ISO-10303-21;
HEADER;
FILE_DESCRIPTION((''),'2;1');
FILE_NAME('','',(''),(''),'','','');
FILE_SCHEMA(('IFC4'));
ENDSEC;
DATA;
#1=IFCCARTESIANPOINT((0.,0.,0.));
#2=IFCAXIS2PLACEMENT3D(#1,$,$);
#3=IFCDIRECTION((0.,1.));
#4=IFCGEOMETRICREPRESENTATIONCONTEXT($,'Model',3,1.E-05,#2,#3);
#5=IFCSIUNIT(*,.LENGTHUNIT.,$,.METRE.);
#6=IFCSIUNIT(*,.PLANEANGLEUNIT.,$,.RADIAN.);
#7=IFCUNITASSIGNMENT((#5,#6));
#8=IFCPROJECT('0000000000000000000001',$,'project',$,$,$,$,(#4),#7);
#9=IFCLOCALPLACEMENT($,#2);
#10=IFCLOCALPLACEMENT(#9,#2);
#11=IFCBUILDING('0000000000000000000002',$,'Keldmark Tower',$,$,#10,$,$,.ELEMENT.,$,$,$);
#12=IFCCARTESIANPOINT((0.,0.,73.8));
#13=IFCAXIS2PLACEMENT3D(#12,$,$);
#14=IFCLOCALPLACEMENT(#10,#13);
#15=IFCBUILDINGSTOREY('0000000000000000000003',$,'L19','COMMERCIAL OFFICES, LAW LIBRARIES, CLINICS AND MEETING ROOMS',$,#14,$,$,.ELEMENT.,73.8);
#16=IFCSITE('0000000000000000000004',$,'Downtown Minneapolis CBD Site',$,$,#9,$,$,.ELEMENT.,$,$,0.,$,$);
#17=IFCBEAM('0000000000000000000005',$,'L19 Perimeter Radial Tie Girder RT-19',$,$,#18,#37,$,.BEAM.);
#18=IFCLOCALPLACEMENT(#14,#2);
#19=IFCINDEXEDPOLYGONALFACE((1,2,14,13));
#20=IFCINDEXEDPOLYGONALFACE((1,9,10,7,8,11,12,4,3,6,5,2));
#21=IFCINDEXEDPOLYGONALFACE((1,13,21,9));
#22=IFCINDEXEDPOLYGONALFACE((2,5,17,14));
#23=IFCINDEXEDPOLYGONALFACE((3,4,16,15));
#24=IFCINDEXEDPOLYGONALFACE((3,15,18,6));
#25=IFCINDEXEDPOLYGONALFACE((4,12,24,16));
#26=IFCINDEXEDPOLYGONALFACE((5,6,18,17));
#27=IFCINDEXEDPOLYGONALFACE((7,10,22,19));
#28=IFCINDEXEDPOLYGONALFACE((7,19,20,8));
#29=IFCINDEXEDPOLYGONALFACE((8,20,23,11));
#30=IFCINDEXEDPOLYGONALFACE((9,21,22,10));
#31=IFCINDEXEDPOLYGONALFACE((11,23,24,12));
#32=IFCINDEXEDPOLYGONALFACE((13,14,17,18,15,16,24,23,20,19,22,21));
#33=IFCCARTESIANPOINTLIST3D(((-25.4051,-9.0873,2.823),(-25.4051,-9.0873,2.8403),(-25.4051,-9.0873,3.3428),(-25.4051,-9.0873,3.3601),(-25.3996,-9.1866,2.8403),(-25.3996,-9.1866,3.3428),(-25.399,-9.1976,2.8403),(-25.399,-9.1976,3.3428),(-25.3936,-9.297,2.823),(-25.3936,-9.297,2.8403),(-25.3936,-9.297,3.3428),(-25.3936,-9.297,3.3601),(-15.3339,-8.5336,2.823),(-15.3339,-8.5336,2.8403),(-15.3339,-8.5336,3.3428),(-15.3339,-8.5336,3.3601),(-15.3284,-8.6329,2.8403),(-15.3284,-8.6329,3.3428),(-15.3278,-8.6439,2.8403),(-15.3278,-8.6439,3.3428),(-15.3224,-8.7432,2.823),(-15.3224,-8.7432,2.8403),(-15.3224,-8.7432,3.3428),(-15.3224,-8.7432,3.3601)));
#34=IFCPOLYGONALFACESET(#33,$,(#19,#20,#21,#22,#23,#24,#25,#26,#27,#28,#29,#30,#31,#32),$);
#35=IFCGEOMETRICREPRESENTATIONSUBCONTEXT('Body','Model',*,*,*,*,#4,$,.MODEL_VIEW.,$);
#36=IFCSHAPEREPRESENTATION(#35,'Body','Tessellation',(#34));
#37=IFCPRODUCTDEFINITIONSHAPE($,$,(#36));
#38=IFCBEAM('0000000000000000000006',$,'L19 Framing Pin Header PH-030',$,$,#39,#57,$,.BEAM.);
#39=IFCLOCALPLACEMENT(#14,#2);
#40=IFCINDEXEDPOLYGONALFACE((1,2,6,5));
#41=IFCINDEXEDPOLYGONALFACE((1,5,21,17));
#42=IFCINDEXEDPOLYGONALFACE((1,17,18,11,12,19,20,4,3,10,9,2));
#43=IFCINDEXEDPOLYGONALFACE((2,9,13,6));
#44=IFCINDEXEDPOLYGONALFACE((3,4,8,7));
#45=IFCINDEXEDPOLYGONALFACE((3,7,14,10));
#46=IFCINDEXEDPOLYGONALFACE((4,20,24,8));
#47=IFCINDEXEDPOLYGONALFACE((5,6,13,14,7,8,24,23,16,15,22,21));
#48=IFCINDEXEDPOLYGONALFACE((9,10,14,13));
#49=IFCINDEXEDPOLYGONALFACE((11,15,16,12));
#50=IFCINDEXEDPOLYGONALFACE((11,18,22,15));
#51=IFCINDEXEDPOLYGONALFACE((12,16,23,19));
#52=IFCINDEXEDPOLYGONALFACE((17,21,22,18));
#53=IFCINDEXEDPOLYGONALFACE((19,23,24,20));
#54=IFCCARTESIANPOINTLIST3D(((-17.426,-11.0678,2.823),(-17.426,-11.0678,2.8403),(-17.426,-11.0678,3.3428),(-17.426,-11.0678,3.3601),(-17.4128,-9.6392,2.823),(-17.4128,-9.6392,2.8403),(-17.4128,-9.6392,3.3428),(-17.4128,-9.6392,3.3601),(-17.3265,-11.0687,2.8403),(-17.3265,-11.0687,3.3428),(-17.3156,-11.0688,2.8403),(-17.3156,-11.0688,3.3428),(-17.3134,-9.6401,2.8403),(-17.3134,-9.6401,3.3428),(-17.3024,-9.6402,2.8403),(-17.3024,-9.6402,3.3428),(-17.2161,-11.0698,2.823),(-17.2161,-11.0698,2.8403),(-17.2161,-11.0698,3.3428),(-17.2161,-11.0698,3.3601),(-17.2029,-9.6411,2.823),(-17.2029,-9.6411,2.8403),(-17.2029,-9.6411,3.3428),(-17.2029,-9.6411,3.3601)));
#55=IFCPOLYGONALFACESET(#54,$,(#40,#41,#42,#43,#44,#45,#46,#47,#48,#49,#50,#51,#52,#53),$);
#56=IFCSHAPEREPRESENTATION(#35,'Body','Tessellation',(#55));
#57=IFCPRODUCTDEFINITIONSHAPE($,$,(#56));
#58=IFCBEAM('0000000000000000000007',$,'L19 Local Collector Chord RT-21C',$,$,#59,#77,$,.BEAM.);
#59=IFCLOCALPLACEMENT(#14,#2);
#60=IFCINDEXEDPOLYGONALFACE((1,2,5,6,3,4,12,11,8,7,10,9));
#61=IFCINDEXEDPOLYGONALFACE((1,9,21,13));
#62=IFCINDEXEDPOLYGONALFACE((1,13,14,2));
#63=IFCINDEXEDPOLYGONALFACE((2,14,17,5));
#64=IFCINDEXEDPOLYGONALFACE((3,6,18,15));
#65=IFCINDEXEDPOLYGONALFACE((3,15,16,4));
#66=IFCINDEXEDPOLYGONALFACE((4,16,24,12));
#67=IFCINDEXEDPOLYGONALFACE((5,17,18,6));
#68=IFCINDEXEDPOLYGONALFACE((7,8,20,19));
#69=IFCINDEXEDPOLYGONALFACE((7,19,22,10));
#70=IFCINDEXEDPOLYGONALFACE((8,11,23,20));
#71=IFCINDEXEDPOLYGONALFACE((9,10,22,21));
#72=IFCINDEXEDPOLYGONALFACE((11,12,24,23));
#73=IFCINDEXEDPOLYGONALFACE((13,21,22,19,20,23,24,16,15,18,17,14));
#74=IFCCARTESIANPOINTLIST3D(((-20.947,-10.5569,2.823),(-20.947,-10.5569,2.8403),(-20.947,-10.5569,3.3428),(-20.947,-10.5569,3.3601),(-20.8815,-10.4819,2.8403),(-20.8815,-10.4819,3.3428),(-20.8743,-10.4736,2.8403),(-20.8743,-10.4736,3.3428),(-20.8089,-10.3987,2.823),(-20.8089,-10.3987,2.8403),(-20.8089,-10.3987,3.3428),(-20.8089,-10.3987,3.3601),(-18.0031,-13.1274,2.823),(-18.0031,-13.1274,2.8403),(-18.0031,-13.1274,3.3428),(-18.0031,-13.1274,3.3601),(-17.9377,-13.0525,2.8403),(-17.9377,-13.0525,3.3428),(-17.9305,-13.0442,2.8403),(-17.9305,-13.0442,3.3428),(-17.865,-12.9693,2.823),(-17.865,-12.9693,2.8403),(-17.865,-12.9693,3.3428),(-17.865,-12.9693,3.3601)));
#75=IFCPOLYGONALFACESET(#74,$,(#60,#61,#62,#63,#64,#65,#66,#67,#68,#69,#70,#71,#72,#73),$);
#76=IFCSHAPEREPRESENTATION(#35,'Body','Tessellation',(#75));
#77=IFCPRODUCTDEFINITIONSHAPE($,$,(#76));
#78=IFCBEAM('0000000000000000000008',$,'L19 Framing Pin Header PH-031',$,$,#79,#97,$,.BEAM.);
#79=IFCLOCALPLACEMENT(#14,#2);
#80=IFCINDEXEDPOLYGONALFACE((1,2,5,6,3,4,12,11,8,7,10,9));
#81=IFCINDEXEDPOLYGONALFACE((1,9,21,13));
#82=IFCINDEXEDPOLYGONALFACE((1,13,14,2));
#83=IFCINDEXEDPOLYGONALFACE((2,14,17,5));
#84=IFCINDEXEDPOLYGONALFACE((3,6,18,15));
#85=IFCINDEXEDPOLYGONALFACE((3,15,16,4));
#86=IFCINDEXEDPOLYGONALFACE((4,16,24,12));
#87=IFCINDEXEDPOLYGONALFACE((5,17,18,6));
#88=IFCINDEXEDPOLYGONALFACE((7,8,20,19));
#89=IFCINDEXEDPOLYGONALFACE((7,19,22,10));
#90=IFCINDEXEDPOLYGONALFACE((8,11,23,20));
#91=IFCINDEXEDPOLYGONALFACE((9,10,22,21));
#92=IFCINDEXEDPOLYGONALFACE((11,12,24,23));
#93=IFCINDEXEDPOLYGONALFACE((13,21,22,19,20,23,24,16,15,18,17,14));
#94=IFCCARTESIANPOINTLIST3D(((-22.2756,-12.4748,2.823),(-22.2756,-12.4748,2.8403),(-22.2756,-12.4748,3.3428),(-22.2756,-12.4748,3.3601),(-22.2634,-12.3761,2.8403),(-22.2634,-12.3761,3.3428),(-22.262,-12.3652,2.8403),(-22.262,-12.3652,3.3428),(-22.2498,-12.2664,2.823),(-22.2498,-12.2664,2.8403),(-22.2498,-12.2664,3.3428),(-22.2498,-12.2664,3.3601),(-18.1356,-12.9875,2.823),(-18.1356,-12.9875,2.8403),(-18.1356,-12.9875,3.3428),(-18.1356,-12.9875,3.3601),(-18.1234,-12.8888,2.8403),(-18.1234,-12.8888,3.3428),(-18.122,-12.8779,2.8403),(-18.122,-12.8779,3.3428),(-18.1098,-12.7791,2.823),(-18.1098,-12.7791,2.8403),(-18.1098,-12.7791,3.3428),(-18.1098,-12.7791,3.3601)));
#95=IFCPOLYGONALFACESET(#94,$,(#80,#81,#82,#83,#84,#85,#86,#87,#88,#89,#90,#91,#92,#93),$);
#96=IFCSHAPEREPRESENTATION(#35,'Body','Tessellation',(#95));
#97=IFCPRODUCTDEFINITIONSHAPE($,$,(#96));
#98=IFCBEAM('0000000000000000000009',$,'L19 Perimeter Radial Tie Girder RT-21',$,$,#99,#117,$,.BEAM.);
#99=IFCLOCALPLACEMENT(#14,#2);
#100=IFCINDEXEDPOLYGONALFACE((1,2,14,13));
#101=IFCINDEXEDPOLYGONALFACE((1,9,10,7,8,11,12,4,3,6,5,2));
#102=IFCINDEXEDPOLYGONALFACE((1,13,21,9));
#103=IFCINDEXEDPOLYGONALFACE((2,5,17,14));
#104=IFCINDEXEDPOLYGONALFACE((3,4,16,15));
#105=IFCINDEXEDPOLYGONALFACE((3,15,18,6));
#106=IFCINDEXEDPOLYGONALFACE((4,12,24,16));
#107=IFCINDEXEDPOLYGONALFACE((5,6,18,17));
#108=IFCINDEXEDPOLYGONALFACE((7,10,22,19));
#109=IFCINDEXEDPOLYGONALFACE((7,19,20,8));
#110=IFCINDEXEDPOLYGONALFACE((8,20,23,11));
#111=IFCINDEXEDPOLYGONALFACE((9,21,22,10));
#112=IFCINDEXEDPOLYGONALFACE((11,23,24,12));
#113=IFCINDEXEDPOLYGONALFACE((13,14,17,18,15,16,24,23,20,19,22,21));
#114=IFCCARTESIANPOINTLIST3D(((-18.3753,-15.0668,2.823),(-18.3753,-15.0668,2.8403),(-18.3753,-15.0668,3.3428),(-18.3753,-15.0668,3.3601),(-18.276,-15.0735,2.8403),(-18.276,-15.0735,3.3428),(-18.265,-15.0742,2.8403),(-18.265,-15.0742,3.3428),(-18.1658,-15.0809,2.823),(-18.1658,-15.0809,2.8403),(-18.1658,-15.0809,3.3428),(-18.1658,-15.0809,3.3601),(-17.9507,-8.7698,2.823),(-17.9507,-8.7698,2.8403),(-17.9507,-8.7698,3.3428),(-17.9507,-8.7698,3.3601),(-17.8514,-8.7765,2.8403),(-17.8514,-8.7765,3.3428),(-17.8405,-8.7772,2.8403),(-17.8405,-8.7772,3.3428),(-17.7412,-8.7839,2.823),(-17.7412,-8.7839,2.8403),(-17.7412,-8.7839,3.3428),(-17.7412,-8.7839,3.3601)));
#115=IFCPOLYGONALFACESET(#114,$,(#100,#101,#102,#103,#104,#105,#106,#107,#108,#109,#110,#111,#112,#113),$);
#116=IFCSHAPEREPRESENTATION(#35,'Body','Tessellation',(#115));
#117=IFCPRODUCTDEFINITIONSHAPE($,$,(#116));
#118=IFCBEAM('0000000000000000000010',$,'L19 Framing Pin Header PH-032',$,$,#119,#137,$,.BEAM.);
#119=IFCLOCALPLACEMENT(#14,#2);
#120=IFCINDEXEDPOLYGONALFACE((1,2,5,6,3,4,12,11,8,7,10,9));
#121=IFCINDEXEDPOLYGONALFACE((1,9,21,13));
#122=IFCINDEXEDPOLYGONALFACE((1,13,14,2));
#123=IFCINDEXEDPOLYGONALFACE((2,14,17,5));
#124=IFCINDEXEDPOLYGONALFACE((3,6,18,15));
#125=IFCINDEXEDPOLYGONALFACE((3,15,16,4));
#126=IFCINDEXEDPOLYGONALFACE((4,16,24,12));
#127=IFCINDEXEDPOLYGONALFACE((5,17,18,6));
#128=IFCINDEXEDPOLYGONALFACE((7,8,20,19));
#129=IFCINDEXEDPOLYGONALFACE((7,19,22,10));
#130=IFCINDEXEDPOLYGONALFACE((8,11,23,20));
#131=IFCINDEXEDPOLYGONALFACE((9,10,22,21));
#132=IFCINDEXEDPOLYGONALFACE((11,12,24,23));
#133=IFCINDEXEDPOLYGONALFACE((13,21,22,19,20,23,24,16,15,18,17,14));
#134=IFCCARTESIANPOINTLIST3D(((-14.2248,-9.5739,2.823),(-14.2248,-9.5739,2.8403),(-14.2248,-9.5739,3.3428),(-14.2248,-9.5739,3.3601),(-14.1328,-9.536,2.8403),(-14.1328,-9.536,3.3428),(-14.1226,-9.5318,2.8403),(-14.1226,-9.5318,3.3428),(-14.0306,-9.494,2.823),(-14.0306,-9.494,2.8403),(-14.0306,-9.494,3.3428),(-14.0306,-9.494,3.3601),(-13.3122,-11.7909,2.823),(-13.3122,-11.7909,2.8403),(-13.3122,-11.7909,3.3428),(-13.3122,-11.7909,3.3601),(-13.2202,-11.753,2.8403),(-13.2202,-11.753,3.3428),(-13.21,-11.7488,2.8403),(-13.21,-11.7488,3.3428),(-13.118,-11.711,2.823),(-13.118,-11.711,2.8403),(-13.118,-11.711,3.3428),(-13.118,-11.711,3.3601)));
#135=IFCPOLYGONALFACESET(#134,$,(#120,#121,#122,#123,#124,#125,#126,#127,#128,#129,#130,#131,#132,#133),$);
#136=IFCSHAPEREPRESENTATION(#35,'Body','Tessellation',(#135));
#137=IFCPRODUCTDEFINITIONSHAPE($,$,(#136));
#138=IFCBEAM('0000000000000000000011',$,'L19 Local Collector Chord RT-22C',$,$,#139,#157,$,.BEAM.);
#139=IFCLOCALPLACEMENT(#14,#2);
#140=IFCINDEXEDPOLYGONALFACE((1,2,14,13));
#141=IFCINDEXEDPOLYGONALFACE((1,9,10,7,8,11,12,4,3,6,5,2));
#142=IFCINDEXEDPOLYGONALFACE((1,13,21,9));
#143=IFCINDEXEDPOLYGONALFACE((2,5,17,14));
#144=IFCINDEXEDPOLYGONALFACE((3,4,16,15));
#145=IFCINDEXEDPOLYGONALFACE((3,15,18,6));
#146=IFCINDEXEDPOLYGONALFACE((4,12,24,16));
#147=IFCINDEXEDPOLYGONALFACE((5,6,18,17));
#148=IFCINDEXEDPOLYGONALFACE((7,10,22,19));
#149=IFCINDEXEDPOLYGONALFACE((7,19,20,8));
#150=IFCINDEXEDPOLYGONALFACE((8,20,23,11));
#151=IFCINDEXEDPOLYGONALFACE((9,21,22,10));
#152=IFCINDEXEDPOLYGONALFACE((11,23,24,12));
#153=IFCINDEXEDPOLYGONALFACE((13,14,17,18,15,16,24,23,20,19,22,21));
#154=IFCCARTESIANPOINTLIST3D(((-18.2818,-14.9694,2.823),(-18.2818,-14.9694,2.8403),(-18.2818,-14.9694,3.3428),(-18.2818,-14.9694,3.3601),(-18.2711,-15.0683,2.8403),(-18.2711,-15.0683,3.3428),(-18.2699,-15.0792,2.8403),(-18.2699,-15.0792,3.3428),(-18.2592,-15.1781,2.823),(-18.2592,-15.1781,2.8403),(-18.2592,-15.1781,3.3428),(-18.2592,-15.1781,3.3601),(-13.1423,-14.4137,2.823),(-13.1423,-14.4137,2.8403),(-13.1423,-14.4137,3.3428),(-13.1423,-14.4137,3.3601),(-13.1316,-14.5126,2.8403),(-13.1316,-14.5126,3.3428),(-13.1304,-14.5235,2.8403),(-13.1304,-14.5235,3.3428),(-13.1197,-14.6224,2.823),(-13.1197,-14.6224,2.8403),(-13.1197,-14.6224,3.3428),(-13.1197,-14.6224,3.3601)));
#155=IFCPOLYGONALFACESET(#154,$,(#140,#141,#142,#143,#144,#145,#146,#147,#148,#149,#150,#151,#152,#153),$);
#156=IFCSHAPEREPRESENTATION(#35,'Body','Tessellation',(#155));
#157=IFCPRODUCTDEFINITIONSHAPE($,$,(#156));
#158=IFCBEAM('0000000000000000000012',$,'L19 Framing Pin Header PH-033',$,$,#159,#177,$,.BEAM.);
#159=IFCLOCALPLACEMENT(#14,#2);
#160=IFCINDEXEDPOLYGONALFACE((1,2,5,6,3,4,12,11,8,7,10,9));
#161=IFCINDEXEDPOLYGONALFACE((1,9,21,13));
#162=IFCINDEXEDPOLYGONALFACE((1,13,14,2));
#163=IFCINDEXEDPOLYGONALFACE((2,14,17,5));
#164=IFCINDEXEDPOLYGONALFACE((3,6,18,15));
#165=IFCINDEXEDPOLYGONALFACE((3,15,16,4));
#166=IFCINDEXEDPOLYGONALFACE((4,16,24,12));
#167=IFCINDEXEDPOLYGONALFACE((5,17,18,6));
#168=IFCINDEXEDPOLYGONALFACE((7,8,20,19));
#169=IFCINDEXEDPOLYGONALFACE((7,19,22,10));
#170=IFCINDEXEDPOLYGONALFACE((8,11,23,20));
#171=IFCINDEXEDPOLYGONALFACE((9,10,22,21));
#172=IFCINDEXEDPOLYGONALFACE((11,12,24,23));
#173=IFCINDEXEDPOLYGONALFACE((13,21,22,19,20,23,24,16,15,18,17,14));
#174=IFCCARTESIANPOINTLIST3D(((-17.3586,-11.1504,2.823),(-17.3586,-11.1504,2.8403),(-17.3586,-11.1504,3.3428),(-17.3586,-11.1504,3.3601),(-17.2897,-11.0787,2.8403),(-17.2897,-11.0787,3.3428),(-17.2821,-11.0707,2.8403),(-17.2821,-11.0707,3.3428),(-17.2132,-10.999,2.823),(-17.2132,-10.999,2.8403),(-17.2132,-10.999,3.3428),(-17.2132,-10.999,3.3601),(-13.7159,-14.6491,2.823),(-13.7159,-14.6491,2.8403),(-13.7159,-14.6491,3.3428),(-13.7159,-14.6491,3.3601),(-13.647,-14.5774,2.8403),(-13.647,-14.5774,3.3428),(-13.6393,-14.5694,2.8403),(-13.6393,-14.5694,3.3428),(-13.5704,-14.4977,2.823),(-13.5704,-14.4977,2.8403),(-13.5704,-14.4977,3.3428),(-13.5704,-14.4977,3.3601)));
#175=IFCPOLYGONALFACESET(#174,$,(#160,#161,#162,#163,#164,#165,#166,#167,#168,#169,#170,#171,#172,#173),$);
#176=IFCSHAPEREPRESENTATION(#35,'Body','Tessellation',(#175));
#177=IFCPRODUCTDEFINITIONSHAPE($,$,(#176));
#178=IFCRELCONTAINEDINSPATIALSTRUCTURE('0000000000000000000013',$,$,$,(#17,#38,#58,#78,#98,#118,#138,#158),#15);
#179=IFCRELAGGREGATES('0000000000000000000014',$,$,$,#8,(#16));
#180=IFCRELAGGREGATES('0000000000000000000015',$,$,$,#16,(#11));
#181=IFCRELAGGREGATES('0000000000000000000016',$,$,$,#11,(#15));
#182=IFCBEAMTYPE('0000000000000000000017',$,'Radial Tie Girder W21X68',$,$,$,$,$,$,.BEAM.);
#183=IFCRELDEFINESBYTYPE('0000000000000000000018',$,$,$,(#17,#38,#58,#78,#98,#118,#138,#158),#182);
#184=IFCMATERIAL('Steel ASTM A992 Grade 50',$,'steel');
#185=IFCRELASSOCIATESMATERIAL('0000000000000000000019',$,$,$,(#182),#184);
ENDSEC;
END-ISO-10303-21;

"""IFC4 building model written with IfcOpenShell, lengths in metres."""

from ifc_helpers import new_model, si_unit, direction, frame, origin, origin_2d, place, context, subcontext, project, spatial, i_section, extrude, material, material_profile, profile_set, type_object, element, save


model = new_model("IFC4")

# Units and contexts
model_context = context("Model", 3, precision=1e-05, world=origin(), true_north=direction((0.0, 1.0)))
body_context = subcontext(model_context, "Body", "Model", "MODEL_VIEW")
ifc_project = project(units=[si_unit("LENGTHUNIT", "METRE"), si_unit("PLANEANGLEUNIT", "RADIAN")], contexts=[model_context])

# Site, building, storey
site_placement = place(None, origin())
site = spatial("IfcSite", under=ifc_project, at=site_placement, Name="Downtown Minneapolis CBD Site", CompositionType="ELEMENT", RefElevation=0.0)
building_placement = place(site_placement, origin())
building = spatial("IfcBuilding", under=site, at=building_placement, Name="Keldmark Tower", CompositionType="ELEMENT")
storey_placement = place(building_placement, frame((0.0, 0.0, 73.8)))
storey = spatial("IfcBuildingStorey", under=building, at=storey_placement, Name="L19", Description="COMMERCIAL OFFICES, LAW LIBRARIES, CLINICS AND MEETING ROOMS", CompositionType="ELEMENT", Elevation=73.8)

# Beams
ifc_material_1 = material(Name="Steel ASTM A992 Grade 50", Category="steel")
ifc_material_profile_1 = material_profile(ifc_material_1, i_section(OverallWidth=0.21, OverallDepth=0.5371, WebThickness=0.011, FlangeThickness=0.0173, at=origin_2d()), Name="W21X68")
ifc_profile_set_1 = profile_set([ifc_material_profile_1], Name="Steel ASTM A992 Grade 50")
beam_type_1 = type_object("IfcBeamType", Name="Radial Tie Girder W21X68", PredefinedType="BEAM", material=ifc_profile_set_1)
beam_1_placement = place(storey_placement, frame((-15.3281, -8.6384, 3.0916), z_axis=(-0.998492, -0.054896, 0.0), x_axis=(0.054896, -0.998492, 0.0)))
element("IfcBeam", 1, at=beam_1_placement, inside=storey, type_object=beam_type_1, Name="L19 Perimeter Radial Tie Girder RT-19", PredefinedType="BEAM", context=body_context, shape_type="SweptSolid", body=[
    extrude(i_section(OverallWidth=0.21, OverallDepth=0.5371, WebThickness=0.011, FlangeThickness=0.0173, at=origin_2d()), origin(), (0.0, 0.0, 1.0), 10.0864),
])
beam_2_placement = place(storey_placement, frame((-17.3079, -9.6401, 3.0916), z_axis=(-0.009227, -0.999957, 0.0), x_axis=(0.999957, -0.009227, 0.0)))
element("IfcBeam", 2, at=beam_2_placement, inside=storey, type_object=beam_type_1, Name="L19 Framing Pin Header PH-030", PredefinedType="BEAM", context=body_context, shape_type="SweptSolid", body=[
    extrude(i_section(OverallWidth=0.21, OverallDepth=0.5371, WebThickness=0.011, FlangeThickness=0.0173, at=origin_2d()), origin(), (0.0, 0.0, 1.0), 1.4287),
])
beam_3_placement = place(storey_placement, frame((-20.8779, -10.4778, 3.0916), z_axis=(0.75325, -0.657735, 0.0), x_axis=(0.657735, 0.75325, 0.0)))
element("IfcBeam", 3, at=beam_3_placement, inside=storey, type_object=beam_type_1, Name="L19 Local Collector Chord RT-21C", PredefinedType="BEAM", context=body_context, shape_type="SweptSolid", body=[
    extrude(i_section(OverallWidth=0.21, OverallDepth=0.5371, WebThickness=0.011, FlangeThickness=0.0173, at=origin_2d()), origin(), (0.0, 0.0, 1.0), 3.9082),
])
beam_4_placement = place(storey_placement, frame((-22.2627, -12.3706, 3.0916), z_axis=(0.992419, -0.122904, 0.0), x_axis=(0.122904, 0.992419, 0.0)))
element("IfcBeam", 4, at=beam_4_placement, inside=storey, type_object=beam_type_1, Name="L19 Framing Pin Header PH-031", PredefinedType="BEAM", context=body_context, shape_type="SweptSolid", body=[
    extrude(i_section(OverallWidth=0.21, OverallDepth=0.5371, WebThickness=0.011, FlangeThickness=0.0173, at=origin_2d()), origin(), (0.0, 0.0, 1.0), 4.1716),
])
beam_5_placement = place(storey_placement, frame((-17.8459, -8.7769, 3.0916), z_axis=(-0.067271, -0.997735, 0.0), x_axis=(0.997735, -0.067271, 0.0)))
element("IfcBeam", 5, at=beam_5_placement, inside=storey, type_object=beam_type_1, Name="L19 Perimeter Radial Tie Girder RT-21", PredefinedType="BEAM", context=body_context, shape_type="SweptSolid", body=[
    extrude(i_section(OverallWidth=0.21, OverallDepth=0.5371, WebThickness=0.011, FlangeThickness=0.0173, at=origin_2d()), origin(), (0.0, 0.0, 1.0), 6.3113),
])
beam_6_placement = place(storey_placement, frame((-14.1277, -9.5339, 3.0916), z_axis=(0.380642, -0.924722, 0.0), x_axis=(0.924722, 0.380642, 0.0)))
element("IfcBeam", 6, at=beam_6_placement, inside=storey, type_object=beam_type_1, Name="L19 Framing Pin Header PH-032", PredefinedType="BEAM", context=body_context, shape_type="SweptSolid", body=[
    extrude(i_section(OverallWidth=0.21, OverallDepth=0.5371, WebThickness=0.011, FlangeThickness=0.0173, at=origin_2d()), origin(), (0.0, 0.0, 1.0), 2.3975),
])
beam_7_placement = place(storey_placement, frame((-18.2705, -15.0737, 3.0916), z_axis=(0.994206, 0.107492, 0.0), x_axis=(-0.107492, 0.994206, 0.0)))
element("IfcBeam", 7, at=beam_7_placement, inside=storey, type_object=beam_type_1, Name="L19 Local Collector Chord RT-22C", PredefinedType="BEAM", context=body_context, shape_type="SweptSolid", body=[
    extrude(i_section(OverallWidth=0.21, OverallDepth=0.5371, WebThickness=0.011, FlangeThickness=0.0173, at=origin_2d()), origin(), (0.0, 0.0, 1.0), 5.1694),
])
beam_8_placement = place(storey_placement, frame((-17.2859, -11.0747, 3.0916), z_axis=(0.721222, -0.692704, 0.0), x_axis=(0.692704, 0.721222, 0.0)))
element("IfcBeam", 8, at=beam_8_placement, inside=storey, type_object=beam_type_1, Name="L19 Framing Pin Header PH-033", PredefinedType="BEAM", context=body_context, shape_type="SweptSolid", body=[
    extrude(i_section(OverallWidth=0.21, OverallDepth=0.5371, WebThickness=0.011, FlangeThickness=0.0173, at=origin_2d()), origin(), (0.0, 0.0, 1.0), 5.0508),
])

save(model, "model.ifc")
